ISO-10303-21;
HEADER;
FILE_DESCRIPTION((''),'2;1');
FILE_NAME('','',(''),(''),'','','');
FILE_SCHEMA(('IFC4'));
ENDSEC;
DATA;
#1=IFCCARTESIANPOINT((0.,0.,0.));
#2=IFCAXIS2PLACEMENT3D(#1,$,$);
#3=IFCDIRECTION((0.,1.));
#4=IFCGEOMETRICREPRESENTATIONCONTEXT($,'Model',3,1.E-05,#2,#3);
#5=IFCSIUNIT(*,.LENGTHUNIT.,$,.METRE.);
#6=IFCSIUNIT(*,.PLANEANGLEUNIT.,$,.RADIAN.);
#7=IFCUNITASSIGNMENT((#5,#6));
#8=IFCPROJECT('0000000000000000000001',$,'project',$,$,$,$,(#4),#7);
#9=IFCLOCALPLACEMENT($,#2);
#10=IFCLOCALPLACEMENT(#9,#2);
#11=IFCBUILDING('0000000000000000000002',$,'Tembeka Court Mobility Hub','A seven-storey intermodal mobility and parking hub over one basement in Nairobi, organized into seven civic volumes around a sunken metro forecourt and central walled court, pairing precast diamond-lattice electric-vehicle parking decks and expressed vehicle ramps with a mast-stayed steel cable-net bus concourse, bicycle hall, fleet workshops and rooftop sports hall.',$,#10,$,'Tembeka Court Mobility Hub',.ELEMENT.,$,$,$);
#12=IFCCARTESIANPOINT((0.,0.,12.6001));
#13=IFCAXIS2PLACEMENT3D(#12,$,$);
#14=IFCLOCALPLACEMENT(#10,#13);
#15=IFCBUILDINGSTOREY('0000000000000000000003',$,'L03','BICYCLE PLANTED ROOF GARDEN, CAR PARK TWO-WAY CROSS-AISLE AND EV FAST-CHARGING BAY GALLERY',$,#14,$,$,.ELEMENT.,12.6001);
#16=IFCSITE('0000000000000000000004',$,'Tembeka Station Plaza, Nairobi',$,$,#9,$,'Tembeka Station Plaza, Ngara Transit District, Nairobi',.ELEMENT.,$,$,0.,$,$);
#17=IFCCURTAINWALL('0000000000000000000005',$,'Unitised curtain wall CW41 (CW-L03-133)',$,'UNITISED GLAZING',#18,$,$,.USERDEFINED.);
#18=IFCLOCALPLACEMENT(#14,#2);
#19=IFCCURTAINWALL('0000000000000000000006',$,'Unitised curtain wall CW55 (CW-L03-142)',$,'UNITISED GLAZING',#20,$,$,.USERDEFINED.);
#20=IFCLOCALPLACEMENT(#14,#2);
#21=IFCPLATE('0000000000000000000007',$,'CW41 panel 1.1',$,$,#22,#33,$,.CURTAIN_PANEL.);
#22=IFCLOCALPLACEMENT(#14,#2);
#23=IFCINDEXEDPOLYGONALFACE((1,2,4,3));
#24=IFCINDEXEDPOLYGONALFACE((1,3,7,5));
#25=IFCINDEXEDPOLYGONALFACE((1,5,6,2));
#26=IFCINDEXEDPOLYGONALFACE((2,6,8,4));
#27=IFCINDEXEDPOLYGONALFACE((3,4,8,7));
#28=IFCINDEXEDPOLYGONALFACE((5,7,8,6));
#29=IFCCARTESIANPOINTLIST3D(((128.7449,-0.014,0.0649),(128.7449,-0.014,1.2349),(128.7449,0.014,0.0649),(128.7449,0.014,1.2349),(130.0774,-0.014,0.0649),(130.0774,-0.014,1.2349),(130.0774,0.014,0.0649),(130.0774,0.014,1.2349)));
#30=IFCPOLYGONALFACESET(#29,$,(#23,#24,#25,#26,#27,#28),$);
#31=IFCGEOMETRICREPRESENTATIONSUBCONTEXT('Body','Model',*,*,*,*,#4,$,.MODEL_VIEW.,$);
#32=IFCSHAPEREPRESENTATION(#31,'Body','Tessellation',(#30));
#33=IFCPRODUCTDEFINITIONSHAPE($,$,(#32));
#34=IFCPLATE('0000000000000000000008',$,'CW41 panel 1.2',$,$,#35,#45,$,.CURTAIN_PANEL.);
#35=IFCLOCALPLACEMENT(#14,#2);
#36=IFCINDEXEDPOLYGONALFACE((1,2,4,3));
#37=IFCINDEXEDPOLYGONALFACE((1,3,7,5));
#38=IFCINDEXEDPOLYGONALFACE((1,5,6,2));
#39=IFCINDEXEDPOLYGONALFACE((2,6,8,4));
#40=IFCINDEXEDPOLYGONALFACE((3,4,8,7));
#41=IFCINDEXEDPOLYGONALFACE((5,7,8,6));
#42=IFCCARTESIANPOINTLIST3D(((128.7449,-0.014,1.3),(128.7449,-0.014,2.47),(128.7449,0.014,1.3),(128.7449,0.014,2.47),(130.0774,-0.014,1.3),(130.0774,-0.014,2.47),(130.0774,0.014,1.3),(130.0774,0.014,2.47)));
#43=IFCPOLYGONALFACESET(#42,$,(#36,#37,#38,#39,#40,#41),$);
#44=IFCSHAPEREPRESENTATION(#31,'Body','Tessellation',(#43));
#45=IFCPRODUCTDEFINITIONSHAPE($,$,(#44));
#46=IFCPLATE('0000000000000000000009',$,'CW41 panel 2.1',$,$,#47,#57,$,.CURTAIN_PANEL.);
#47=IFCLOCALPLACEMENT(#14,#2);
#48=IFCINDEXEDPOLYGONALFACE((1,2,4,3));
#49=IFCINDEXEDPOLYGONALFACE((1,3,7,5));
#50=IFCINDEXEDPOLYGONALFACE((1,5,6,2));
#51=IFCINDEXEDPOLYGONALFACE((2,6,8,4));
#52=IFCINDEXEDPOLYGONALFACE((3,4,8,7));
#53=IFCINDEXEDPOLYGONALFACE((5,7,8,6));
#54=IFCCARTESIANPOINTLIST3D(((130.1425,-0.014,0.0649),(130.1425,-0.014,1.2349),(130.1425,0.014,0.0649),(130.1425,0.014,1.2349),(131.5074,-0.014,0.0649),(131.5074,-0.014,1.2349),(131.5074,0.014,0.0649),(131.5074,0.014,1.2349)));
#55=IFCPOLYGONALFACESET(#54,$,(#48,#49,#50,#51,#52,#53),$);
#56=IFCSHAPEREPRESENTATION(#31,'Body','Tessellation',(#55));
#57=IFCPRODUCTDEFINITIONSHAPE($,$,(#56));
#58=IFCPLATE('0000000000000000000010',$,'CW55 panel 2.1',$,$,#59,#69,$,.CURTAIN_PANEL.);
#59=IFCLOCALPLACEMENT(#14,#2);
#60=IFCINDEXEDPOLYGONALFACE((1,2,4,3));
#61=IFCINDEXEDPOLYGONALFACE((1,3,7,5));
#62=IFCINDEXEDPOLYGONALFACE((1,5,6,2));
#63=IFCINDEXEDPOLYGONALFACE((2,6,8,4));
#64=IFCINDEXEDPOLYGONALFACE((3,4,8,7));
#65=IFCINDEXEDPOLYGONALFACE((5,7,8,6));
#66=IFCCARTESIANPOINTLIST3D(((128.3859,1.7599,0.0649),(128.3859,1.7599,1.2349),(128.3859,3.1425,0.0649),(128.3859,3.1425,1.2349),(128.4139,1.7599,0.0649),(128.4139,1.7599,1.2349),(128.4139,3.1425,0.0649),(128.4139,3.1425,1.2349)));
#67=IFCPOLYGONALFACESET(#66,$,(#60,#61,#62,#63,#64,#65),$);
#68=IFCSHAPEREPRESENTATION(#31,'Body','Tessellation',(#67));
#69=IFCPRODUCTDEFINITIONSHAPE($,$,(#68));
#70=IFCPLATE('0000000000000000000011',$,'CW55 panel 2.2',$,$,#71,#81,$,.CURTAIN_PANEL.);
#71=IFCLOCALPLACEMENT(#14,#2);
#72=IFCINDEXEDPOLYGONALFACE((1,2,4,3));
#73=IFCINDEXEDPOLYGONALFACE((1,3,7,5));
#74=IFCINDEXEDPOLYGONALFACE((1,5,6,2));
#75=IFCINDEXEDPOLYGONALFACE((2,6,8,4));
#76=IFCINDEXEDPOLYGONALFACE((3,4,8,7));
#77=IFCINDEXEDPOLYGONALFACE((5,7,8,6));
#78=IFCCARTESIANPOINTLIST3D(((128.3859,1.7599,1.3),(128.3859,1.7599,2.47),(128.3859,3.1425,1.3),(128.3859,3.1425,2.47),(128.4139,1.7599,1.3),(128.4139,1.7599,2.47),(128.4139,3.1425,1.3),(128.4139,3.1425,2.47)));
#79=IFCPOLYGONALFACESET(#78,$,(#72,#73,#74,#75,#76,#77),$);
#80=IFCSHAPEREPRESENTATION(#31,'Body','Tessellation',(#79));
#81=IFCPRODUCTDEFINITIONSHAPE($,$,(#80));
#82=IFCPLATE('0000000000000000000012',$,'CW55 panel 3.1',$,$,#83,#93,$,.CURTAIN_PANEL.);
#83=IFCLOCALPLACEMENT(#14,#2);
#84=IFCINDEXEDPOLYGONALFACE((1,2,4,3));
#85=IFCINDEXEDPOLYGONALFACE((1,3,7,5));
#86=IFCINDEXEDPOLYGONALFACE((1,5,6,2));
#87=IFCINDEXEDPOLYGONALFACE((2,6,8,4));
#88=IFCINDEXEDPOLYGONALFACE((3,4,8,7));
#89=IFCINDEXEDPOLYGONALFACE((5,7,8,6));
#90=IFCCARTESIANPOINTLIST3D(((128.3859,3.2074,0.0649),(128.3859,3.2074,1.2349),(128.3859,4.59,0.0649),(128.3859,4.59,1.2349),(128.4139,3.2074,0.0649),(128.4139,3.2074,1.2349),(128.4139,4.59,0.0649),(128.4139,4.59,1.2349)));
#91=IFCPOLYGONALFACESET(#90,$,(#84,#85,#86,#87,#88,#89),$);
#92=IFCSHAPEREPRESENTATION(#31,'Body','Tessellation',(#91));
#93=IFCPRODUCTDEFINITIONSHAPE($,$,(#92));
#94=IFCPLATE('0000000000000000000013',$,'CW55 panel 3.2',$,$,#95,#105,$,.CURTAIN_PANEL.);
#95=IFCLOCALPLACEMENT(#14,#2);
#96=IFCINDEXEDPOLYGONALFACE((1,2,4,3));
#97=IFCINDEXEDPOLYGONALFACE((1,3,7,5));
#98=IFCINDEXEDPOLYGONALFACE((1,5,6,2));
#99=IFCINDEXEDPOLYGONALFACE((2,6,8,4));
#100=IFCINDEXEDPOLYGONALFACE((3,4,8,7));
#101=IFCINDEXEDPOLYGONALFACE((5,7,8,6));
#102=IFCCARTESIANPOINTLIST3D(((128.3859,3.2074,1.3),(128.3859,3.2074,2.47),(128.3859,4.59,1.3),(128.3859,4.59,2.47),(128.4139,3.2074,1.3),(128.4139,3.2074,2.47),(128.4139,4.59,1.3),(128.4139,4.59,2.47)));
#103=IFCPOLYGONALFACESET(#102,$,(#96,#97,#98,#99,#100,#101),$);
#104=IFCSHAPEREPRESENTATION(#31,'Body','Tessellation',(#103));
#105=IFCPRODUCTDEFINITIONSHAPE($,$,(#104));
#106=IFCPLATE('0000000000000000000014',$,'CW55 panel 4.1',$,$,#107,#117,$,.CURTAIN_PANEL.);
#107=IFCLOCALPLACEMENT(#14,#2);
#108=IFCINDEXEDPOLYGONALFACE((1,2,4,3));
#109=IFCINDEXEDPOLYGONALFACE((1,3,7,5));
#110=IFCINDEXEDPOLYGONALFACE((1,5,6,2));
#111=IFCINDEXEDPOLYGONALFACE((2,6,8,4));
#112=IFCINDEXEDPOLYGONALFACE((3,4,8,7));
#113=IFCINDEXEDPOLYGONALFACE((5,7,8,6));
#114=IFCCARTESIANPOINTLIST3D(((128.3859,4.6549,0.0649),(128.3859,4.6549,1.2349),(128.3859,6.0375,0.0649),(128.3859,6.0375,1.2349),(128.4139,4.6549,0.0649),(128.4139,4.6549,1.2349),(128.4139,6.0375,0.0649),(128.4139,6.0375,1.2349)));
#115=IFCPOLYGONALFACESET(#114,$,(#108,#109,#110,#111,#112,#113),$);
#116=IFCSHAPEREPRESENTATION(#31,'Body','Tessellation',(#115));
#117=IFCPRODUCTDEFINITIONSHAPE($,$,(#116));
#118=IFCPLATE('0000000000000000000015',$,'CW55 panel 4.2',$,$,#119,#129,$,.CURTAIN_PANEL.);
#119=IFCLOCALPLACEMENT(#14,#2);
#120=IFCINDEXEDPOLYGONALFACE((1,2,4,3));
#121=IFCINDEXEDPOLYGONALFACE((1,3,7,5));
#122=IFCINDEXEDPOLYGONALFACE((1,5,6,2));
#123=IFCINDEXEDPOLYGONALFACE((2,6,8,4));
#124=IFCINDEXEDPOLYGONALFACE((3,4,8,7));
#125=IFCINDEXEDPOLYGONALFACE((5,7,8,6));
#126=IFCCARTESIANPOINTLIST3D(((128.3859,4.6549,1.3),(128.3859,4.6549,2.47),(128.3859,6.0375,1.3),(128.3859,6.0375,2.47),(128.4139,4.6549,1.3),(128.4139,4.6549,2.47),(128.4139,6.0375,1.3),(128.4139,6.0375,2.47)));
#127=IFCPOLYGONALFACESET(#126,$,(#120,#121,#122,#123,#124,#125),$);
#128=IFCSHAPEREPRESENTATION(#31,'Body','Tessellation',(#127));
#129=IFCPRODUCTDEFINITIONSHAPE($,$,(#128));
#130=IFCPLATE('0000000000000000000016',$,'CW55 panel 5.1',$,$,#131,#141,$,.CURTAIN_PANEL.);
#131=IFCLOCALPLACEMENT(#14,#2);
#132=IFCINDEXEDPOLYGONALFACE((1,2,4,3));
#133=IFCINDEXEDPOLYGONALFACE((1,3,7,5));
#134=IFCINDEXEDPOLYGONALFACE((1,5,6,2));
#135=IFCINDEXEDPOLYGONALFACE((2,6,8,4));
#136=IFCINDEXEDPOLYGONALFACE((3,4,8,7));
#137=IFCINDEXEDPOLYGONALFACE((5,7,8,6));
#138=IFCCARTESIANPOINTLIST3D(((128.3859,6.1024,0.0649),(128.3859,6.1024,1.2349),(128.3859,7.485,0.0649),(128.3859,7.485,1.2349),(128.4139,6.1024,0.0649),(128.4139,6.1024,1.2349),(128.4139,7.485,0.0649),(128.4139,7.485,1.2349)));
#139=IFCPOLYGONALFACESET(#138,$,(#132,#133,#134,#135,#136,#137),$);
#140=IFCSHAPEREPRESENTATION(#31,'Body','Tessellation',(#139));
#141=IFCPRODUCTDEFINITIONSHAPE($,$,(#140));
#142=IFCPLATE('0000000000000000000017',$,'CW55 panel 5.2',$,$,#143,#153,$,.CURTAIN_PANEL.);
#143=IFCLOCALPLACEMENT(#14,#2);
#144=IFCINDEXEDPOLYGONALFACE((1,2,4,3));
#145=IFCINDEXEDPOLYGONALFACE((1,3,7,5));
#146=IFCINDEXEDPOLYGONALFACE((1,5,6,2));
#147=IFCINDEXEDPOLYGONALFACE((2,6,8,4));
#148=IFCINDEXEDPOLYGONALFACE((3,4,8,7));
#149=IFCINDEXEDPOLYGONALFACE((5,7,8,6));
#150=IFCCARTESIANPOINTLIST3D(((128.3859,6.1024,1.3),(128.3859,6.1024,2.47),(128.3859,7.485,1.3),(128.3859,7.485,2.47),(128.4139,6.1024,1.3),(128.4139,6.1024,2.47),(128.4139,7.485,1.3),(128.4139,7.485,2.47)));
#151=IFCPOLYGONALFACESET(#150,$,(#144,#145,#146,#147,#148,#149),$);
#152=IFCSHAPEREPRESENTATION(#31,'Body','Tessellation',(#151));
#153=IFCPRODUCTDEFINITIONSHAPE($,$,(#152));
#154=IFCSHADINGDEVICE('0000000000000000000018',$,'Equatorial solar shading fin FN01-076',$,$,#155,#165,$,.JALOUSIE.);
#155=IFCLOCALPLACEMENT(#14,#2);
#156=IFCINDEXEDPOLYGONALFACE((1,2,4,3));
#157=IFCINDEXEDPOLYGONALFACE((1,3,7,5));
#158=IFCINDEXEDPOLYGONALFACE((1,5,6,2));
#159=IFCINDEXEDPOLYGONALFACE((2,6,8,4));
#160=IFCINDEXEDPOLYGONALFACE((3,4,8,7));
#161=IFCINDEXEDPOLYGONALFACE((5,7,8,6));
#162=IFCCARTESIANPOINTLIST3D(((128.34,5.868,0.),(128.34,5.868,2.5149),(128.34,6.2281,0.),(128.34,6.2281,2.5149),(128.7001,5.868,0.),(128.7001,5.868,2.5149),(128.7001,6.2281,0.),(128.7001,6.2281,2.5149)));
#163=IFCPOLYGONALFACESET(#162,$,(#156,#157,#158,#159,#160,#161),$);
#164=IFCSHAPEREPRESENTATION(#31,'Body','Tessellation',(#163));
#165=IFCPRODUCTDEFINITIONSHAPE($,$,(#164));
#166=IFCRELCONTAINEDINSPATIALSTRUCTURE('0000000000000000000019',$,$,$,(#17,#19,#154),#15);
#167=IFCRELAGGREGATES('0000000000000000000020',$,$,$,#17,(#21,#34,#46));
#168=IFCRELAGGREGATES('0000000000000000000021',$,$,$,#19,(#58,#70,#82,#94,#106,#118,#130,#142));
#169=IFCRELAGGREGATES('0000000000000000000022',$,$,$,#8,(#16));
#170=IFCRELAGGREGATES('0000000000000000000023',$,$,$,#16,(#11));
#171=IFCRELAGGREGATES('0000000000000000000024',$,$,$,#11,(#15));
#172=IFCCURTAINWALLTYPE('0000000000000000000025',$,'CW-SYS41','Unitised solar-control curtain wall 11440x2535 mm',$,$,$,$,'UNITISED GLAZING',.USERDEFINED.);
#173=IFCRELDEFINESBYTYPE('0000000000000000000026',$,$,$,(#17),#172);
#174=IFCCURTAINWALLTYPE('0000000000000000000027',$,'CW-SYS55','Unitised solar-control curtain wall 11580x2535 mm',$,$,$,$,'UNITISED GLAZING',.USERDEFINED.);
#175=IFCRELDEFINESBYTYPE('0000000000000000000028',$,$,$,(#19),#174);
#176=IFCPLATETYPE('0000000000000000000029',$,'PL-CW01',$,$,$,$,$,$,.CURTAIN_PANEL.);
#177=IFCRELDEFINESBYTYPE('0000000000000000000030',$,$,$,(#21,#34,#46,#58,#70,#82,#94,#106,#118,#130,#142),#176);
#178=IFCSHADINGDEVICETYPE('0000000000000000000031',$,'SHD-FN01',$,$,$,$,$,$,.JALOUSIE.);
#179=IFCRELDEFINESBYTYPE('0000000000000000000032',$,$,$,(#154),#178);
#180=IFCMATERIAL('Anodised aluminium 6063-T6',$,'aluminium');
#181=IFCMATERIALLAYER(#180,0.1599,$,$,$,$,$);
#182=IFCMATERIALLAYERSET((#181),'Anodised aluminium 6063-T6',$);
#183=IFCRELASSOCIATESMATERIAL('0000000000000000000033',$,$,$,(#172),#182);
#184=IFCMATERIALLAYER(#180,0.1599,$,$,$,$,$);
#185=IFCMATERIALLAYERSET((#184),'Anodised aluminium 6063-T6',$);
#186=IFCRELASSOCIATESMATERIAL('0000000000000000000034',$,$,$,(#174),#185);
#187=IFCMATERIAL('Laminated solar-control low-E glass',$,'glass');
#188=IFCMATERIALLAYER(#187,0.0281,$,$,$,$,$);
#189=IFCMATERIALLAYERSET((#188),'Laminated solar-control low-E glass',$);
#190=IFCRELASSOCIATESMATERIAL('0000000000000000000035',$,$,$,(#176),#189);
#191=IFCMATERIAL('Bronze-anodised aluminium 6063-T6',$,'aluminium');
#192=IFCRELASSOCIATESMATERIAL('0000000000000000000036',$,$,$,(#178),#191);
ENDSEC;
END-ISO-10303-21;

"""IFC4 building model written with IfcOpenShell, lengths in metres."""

from ifc_helpers import new_model, si_unit, direction, frame, origin, origin_2d, place, context, subcontext, project, spatial, rectangle, extrude, material, layer, layer_set, material_profile, profile_set, type_object, element, aggregate, save


model = new_model("IFC4")

# Units and contexts
model_context = context("Model", 3, precision=1e-05, world=origin(), true_north=direction((0.0, 1.0)))
body_context = subcontext(model_context, "Body", "Model", "MODEL_VIEW")
ifc_project = project(units=[si_unit("LENGTHUNIT", "METRE"), si_unit("PLANEANGLEUNIT", "RADIAN")], contexts=[model_context])

# Site, building, storey
site_placement = place(None, origin())
site = spatial("IfcSite", under=ifc_project, at=site_placement, Name="Tembeka Station Plaza, Nairobi", LongName="Tembeka Station Plaza, Ngara Transit District, Nairobi", CompositionType="ELEMENT", RefElevation=0.0)
building_placement = place(site_placement, origin())
building = spatial("IfcBuilding", under=site, at=building_placement, Name="Tembeka Court Mobility Hub", Description="A seven-storey intermodal mobility and parking hub over one basement in Nairobi, organized into seven civic volumes around a sunken metro forecourt and central walled court, pairing precast diamond-lattice electric-vehicle parking decks and expressed vehicle ramps with a mast-stayed steel cable-net bus concourse, bicycle hall, fleet workshops and rooftop sports hall.", LongName="Tembeka Court Mobility Hub", CompositionType="ELEMENT")
storey_placement = place(building_placement, frame((0.0, 0.0, 12.6001)))
storey = spatial("IfcBuildingStorey", under=building, at=storey_placement, Name="L03", Description="BICYCLE PLANTED ROOF GARDEN, CAR PARK TWO-WAY CROSS-AISLE AND EV FAST-CHARGING BAY GALLERY", CompositionType="ELEMENT", Elevation=12.6001)

# Curtain walls
ifc_material_1 = material(Name="Anodised aluminium 6063-T6", Category="aluminium")
ifc_layer_1 = layer(ifc_material_1, 0.1599)
ifc_layer_set_1 = layer_set([ifc_layer_1], Name="Anodised aluminium 6063-T6")
curtain_wall_type_1 = type_object("IfcCurtainWallType", Name="CW-SYS41", Description="Unitised solar-control curtain wall 11440x2535 mm", ElementType="UNITISED GLAZING", PredefinedType="USERDEFINED", material=ifc_layer_set_1)
curtain_wall_1_placement = place(storey_placement, origin())
curtain_wall_1 = element("IfcCurtainWall", 1, at=curtain_wall_1_placement, inside=storey, type_object=curtain_wall_type_1, Name="Unitised curtain wall CW41 (CW-L03-133)", ObjectType="UNITISED GLAZING", PredefinedType="USERDEFINED")
ifc_layer_2 = layer(ifc_material_1, 0.1599)
ifc_layer_set_2 = layer_set([ifc_layer_2], Name="Anodised aluminium 6063-T6")
curtain_wall_type_2 = type_object("IfcCurtainWallType", Name="CW-SYS55", Description="Unitised solar-control curtain wall 11580x2535 mm", ElementType="UNITISED GLAZING", PredefinedType="USERDEFINED", material=ifc_layer_set_2)
curtain_wall_2_placement = place(storey_placement, origin())
curtain_wall_2 = element("IfcCurtainWall", 2, at=curtain_wall_2_placement, inside=storey, type_object=curtain_wall_type_2, Name="Unitised curtain wall CW55 (CW-L03-142)", ObjectType="UNITISED GLAZING", PredefinedType="USERDEFINED")

# Plates
ifc_material_2 = material(Name="Laminated solar-control low-E glass", Category="glass")
ifc_layer_3 = layer(ifc_material_2, 0.0281)
ifc_layer_set_3 = layer_set([ifc_layer_3], Name="Laminated solar-control low-E glass")
plate_type = type_object("IfcPlateType", Name="PL-CW01", PredefinedType="CURTAIN_PANEL", material=ifc_layer_set_3)
plate_1_placement = place(storey_placement, frame((129.4111, 0.0, 0.0649), z_axis=(0.0, 0.0, 1.0), x_axis=(1.0, 0.0, 0.0)))
plate_1 = element("IfcPlate", 3, at=plate_1_placement, type_object=plate_type, Name="CW41 panel 1.1", PredefinedType="CURTAIN_PANEL", context=body_context, shape_type="SweptSolid", body=[
    extrude(rectangle(XDim=1.3325, YDim=0.0281, at=origin_2d()), origin(), (0.0, 0.0, 1.0), 1.1699),
])
plate_2_placement = place(storey_placement, frame((129.4111, 0.0, 1.3), z_axis=(0.0, 0.0, 1.0), x_axis=(1.0, 0.0, 0.0)))
plate_2 = element("IfcPlate", 4, at=plate_2_placement, type_object=plate_type, Name="CW41 panel 1.2", PredefinedType="CURTAIN_PANEL", context=body_context, shape_type="SweptSolid", body=[
    extrude(rectangle(XDim=1.3325, YDim=0.0281, at=origin_2d()), origin(), (0.0, 0.0, 1.0), 1.1699),
])
plate_3_placement = place(storey_placement, frame((130.825, 0.0, 0.0649), z_axis=(0.0, 0.0, 1.0), x_axis=(1.0, 0.0, 0.0)))
plate_3 = element("IfcPlate", 5, at=plate_3_placement, type_object=plate_type, Name="CW41 panel 2.1", PredefinedType="CURTAIN_PANEL", context=body_context, shape_type="SweptSolid", body=[
    extrude(rectangle(XDim=1.365, YDim=0.0281, at=origin_2d()), origin(), (0.0, 0.0, 1.0), 1.1699),
])
aggregate(curtain_wall_1, [plate_1, plate_2, plate_3])
plate_4_placement = place(storey_placement, frame((128.3999, 2.4512, 0.0649), z_axis=(0.0, 0.0, 1.0), x_axis=(0.0, 1.0, 0.0)))
plate_4 = element("IfcPlate", 6, at=plate_4_placement, type_object=plate_type, Name="CW55 panel 2.1", PredefinedType="CURTAIN_PANEL", context=body_context, shape_type="SweptSolid", body=[
    extrude(rectangle(XDim=1.3826, YDim=0.0281, at=origin_2d()), origin(), (0.0, 0.0, 1.0), 1.1699),
])
plate_5_placement = place(storey_placement, frame((128.3999, 2.4512, 1.3), z_axis=(0.0, 0.0, 1.0), x_axis=(0.0, 1.0, 0.0)))
plate_5 = element("IfcPlate", 7, at=plate_5_placement, type_object=plate_type, Name="CW55 panel 2.2", PredefinedType="CURTAIN_PANEL", context=body_context, shape_type="SweptSolid", body=[
    extrude(rectangle(XDim=1.3826, YDim=0.0281, at=origin_2d()), origin(), (0.0, 0.0, 1.0), 1.1699),
])
plate_6_placement = place(storey_placement, frame((128.3999, 3.8987, 0.0649), z_axis=(0.0, 0.0, 1.0), x_axis=(0.0, 1.0, 0.0)))
plate_6 = element("IfcPlate", 8, at=plate_6_placement, type_object=plate_type, Name="CW55 panel 3.1", PredefinedType="CURTAIN_PANEL", context=body_context, shape_type="SweptSolid", body=[
    extrude(rectangle(XDim=1.3826, YDim=0.0281, at=origin_2d()), origin(), (0.0, 0.0, 1.0), 1.1699),
])
plate_7_placement = place(storey_placement, frame((128.3999, 3.8987, 1.3), z_axis=(0.0, 0.0, 1.0), x_axis=(0.0, 1.0, 0.0)))
plate_7 = element("IfcPlate", 9, at=plate_7_placement, type_object=plate_type, Name="CW55 panel 3.2", PredefinedType="CURTAIN_PANEL", context=body_context, shape_type="SweptSolid", body=[
    extrude(rectangle(XDim=1.3826, YDim=0.0281, at=origin_2d()), origin(), (0.0, 0.0, 1.0), 1.1699),
])
plate_8_placement = place(storey_placement, frame((128.3999, 5.3462, 0.0649), z_axis=(0.0, 0.0, 1.0), x_axis=(0.0, 1.0, 0.0)))
plate_8 = element("IfcPlate", 10, at=plate_8_placement, type_object=plate_type, Name="CW55 panel 4.1", PredefinedType="CURTAIN_PANEL", context=body_context, shape_type="SweptSolid", body=[
    extrude(rectangle(XDim=1.3826, YDim=0.0281, at=origin_2d()), origin(), (0.0, 0.0, 1.0), 1.1699),
])
plate_9_placement = place(storey_placement, frame((128.3999, 5.3462, 1.3), z_axis=(0.0, 0.0, 1.0), x_axis=(0.0, 1.0, 0.0)))
plate_9 = element("IfcPlate", 11, at=plate_9_placement, type_object=plate_type, Name="CW55 panel 4.2", PredefinedType="CURTAIN_PANEL", context=body_context, shape_type="SweptSolid", body=[
    extrude(rectangle(XDim=1.3826, YDim=0.0281, at=origin_2d()), origin(), (0.0, 0.0, 1.0), 1.1699),
])
plate_10_placement = place(storey_placement, frame((128.3999, 6.7937, 0.0649), z_axis=(0.0, 0.0, 1.0), x_axis=(0.0, 1.0, 0.0)))
plate_10 = element("IfcPlate", 12, at=plate_10_placement, type_object=plate_type, Name="CW55 panel 5.1", PredefinedType="CURTAIN_PANEL", context=body_context, shape_type="SweptSolid", body=[
    extrude(rectangle(XDim=1.3826, YDim=0.0281, at=origin_2d()), origin(), (0.0, 0.0, 1.0), 1.1699),
])
plate_11_placement = place(storey_placement, frame((128.3999, 6.7937, 1.3), z_axis=(0.0, 0.0, 1.0), x_axis=(0.0, 1.0, 0.0)))
plate_11 = element("IfcPlate", 13, at=plate_11_placement, type_object=plate_type, Name="CW55 panel 5.2", PredefinedType="CURTAIN_PANEL", context=body_context, shape_type="SweptSolid", body=[
    extrude(rectangle(XDim=1.3826, YDim=0.0281, at=origin_2d()), origin(), (0.0, 0.0, 1.0), 1.1699),
])
aggregate(curtain_wall_2, [plate_4, plate_5, plate_6, plate_7, plate_8, plate_9, plate_10, plate_11])

# Shading device
ifc_material_3 = material(Name="Bronze-anodised aluminium 6063-T6", Category="aluminium")
ifc_material_profile_1 = material_profile(ifc_material_3, rectangle(XDim=0.3601, YDim=0.3601, at=origin_2d()), Name="ALU-FIN 360x360")
ifc_profile_set_1 = profile_set([ifc_material_profile_1], Name="Bronze-anodised aluminium 6063-T6")
shading_device_type = type_object("IfcShadingDeviceType", Name="SHD-FN01", PredefinedType="JALOUSIE", material=ifc_profile_set_1)
shading_device_placement = place(storey_placement, frame((128.52, 6.0481, 0.0), z_axis=(0.0, 0.0, 1.0), x_axis=(1.0, 0.0, 0.0)))
element("IfcShadingDevice", 14, at=shading_device_placement, inside=storey, type_object=shading_device_type, Name="Equatorial solar shading fin FN01-076", PredefinedType="JALOUSIE", context=body_context, shape_type="SweptSolid", body=[
    extrude(rectangle(XDim=0.3601, YDim=0.3601, at=origin_2d()), origin(), (0.0, 0.0, 1.0), 2.5149),
])

save(model, "model.ifc")
